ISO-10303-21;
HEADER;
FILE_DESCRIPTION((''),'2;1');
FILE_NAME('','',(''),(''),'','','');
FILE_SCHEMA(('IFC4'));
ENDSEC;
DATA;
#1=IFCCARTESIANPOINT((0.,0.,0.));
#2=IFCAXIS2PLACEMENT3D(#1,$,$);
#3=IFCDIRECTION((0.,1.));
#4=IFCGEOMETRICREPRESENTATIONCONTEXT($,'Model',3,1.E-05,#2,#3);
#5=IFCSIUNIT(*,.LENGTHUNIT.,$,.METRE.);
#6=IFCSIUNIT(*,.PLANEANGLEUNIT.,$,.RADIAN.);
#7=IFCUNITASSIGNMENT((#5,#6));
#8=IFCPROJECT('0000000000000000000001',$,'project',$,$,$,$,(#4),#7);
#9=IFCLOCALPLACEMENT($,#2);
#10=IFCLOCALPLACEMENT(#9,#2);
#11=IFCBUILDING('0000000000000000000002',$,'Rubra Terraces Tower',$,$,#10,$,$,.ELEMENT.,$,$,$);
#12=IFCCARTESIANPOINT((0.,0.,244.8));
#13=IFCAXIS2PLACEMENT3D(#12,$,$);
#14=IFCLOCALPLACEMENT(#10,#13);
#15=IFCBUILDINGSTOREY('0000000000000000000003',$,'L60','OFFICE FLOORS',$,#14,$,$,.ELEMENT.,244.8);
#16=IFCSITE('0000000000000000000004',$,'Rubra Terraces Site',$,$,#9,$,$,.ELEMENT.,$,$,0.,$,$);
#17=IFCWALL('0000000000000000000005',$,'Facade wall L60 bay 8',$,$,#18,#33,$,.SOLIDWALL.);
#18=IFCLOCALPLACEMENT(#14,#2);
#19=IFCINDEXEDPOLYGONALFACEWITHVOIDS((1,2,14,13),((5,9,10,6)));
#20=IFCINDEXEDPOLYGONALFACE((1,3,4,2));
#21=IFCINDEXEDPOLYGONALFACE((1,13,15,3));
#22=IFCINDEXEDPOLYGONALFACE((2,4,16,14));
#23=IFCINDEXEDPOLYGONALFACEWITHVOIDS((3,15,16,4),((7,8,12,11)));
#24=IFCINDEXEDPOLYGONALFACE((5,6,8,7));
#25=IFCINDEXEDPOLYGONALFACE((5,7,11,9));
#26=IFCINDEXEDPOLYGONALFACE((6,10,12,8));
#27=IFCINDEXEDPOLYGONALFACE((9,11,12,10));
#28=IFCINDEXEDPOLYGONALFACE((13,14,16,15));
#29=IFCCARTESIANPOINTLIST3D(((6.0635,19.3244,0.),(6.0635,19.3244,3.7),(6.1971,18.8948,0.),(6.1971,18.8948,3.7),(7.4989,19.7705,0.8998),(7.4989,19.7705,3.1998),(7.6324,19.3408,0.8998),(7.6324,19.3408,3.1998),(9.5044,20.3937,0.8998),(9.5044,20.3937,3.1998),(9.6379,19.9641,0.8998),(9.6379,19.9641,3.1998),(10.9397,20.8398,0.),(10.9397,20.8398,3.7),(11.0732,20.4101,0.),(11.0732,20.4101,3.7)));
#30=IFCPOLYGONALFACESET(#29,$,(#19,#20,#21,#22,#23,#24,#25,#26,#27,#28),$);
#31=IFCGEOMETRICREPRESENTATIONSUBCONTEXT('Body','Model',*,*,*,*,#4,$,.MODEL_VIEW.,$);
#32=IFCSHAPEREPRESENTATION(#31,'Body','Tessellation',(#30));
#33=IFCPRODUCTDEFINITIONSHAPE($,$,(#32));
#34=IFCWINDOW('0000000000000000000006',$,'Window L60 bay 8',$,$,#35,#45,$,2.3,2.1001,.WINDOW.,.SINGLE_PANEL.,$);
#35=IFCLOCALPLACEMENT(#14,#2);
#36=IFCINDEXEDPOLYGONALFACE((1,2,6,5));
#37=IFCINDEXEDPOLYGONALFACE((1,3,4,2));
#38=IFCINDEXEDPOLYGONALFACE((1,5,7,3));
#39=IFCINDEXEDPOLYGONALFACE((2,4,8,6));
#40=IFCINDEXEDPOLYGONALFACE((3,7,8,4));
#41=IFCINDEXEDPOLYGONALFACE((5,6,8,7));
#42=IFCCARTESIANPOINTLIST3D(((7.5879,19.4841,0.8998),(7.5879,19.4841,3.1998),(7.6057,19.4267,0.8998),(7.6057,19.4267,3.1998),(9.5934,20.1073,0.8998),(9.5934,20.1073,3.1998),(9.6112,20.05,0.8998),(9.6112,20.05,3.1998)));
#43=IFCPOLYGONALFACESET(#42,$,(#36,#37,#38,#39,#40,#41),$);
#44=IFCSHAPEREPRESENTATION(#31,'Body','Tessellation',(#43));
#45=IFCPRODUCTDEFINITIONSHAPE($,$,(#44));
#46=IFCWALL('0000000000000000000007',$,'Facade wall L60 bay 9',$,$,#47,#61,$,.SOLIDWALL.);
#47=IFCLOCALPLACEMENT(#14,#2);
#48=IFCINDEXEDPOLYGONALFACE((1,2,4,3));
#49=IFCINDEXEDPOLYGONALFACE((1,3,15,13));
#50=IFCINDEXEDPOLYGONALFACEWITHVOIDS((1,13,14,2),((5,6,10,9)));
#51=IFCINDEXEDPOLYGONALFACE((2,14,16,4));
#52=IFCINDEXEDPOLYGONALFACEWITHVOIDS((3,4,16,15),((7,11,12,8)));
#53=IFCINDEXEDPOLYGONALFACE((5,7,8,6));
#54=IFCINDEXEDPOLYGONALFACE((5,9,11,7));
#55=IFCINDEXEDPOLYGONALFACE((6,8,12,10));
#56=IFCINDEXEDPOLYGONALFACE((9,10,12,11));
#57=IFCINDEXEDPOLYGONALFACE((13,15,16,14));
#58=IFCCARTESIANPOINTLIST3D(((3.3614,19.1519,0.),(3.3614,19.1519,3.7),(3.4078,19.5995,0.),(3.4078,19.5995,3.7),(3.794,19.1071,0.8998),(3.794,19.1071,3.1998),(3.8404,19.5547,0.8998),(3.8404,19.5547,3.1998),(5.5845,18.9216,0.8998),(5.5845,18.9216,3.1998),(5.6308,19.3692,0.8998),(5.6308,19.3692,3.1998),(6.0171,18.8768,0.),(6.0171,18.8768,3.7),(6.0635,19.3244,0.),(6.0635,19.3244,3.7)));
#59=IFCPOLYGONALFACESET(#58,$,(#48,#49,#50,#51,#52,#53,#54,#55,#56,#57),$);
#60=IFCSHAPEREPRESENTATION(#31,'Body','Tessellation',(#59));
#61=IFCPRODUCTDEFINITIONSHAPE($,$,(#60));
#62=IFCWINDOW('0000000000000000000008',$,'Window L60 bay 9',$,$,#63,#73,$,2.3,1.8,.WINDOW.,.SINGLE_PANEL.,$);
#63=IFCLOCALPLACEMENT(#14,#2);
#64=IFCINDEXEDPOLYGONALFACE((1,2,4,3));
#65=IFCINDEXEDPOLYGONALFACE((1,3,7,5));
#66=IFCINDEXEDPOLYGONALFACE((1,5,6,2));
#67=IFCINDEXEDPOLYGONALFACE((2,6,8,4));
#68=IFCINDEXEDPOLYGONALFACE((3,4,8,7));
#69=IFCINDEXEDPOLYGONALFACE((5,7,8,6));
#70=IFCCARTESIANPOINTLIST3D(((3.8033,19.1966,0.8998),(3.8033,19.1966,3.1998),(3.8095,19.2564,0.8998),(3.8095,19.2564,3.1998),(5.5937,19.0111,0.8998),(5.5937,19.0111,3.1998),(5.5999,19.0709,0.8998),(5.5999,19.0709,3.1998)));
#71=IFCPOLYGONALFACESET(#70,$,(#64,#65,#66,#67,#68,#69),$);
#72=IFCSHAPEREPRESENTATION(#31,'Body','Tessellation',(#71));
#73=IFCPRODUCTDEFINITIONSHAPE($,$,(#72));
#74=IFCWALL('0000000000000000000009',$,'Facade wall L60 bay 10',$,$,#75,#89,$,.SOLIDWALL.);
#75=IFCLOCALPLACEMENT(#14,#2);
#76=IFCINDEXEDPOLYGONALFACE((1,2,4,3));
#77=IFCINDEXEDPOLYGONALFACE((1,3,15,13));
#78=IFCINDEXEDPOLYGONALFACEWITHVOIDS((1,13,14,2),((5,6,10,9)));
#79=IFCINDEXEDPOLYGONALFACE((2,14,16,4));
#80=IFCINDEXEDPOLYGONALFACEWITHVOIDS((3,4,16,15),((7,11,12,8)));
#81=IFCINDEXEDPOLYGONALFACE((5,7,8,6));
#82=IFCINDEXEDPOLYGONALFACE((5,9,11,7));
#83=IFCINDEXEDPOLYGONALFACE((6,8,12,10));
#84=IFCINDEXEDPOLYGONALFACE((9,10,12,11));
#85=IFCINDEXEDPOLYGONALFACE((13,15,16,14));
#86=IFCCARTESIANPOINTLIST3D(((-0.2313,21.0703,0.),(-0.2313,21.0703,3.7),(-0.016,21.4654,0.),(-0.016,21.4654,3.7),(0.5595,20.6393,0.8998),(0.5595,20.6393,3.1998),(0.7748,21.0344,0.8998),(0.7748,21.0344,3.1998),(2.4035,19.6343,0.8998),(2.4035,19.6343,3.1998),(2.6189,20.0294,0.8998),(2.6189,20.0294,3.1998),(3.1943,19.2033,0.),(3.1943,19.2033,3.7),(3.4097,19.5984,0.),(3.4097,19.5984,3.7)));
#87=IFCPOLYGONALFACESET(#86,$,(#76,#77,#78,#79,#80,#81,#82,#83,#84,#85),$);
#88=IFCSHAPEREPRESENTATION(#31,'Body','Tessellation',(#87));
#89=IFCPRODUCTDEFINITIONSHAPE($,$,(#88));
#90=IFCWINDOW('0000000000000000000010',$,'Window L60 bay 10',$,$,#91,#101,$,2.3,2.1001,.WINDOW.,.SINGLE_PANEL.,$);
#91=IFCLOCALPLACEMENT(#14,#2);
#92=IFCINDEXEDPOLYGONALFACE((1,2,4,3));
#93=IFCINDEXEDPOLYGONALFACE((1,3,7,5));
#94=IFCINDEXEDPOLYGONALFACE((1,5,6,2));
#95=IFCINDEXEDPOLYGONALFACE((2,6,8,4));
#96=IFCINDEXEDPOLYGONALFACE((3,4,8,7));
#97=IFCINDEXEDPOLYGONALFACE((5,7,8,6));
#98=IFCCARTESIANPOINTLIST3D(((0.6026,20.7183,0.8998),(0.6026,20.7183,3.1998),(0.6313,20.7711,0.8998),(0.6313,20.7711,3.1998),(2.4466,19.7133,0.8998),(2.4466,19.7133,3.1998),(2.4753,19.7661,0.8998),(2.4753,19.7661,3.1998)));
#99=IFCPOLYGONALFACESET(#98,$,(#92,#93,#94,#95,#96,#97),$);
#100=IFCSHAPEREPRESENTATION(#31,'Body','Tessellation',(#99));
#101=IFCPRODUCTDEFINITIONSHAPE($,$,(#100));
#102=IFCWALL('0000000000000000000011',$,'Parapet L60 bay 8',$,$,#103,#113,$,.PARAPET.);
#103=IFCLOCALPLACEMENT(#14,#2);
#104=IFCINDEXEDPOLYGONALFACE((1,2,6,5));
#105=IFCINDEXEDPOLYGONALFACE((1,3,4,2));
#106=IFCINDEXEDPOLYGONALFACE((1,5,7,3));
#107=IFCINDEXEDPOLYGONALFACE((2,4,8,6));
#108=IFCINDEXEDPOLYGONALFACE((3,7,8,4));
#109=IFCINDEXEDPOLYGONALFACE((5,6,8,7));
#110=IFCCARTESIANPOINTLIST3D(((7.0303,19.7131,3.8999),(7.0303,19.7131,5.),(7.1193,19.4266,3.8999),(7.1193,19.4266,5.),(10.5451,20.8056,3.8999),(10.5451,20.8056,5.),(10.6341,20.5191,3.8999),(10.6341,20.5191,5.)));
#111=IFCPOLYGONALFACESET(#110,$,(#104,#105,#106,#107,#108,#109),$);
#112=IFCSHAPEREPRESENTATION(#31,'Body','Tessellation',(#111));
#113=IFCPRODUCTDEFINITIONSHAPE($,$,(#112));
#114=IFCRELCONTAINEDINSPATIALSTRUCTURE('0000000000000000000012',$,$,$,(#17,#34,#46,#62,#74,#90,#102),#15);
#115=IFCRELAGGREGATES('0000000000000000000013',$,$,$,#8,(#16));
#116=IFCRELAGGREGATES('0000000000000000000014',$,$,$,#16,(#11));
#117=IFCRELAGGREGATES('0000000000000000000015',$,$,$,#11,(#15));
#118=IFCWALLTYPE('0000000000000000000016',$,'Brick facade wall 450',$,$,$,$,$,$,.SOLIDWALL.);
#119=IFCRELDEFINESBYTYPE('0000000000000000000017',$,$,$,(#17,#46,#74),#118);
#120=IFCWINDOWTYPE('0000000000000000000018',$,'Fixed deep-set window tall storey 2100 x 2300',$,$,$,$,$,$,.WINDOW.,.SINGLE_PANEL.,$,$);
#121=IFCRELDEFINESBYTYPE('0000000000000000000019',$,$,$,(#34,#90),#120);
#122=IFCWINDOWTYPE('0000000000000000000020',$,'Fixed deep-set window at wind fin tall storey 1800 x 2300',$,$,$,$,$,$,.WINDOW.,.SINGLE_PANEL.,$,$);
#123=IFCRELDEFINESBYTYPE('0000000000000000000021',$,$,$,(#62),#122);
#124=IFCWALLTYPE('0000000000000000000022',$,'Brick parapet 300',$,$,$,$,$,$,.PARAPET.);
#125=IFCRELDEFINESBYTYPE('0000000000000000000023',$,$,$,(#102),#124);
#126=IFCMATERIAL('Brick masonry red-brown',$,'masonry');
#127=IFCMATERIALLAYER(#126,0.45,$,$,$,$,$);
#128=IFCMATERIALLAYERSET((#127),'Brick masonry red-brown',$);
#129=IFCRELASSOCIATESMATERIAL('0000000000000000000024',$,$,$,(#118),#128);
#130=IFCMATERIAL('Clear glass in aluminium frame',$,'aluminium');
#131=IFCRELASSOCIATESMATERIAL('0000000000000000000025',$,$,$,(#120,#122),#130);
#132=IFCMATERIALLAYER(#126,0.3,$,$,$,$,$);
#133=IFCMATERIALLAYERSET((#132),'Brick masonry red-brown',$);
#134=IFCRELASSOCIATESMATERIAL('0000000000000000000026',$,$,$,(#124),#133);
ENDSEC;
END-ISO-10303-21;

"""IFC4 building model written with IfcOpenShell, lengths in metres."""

from ifc_helpers import new_model, si_unit, direction, frame, frame_2d, origin, place, context, subcontext, project, spatial, rectangle, extrude, material, layer, layer_set, type_object, element, fill, save


model = new_model("IFC4")

# Units and contexts
model_context = context("Model", 3, precision=1e-05, world=origin(), true_north=direction((0.0, 1.0)))
body_context = subcontext(model_context, "Body", "Model", "MODEL_VIEW")
ifc_project = project(units=[si_unit("LENGTHUNIT", "METRE"), si_unit("PLANEANGLEUNIT", "RADIAN")], contexts=[model_context])

# Site, building, storey
site_placement = place(None, origin())
site = spatial("IfcSite", under=ifc_project, at=site_placement, Name="Rubra Terraces Site", CompositionType="ELEMENT", RefElevation=0.0)
building_placement = place(site_placement, origin())
building = spatial("IfcBuilding", under=site, at=building_placement, Name="Rubra Terraces Tower", CompositionType="ELEMENT")
storey_placement = place(building_placement, frame((0.0, 0.0, 244.8)))
storey = spatial("IfcBuildingStorey", under=building, at=storey_placement, Name="L60", Description="OFFICE FLOORS", CompositionType="ELEMENT", Elevation=244.8)

# Walls, openings, windows
ifc_material_1 = material(Name="Brick masonry red-brown", Category="masonry")
ifc_layer_1 = layer(ifc_material_1, 0.45)
ifc_layer_set_1 = layer_set([ifc_layer_1], Name="Brick masonry red-brown")
wall_type_1 = type_object("IfcWallType", Name="Brick facade wall 450", PredefinedType="SOLIDWALL", material=ifc_layer_set_1)
wall_1_placement = place(storey_placement, frame((11.0066, 20.625, 0.0), z_axis=(0.0, 0.0, 1.0), x_axis=(-0.954949, -0.296769, 0.0)))
wall_1 = element("IfcWall", 1, at=wall_1_placement, inside=storey, type_object=wall_type_1, Name="Facade wall L60 bay 8", PredefinedType="SOLIDWALL", context=body_context, shape_type="SweptSolid", body=[
    extrude(rectangle(XDim=5.1062, YDim=0.45, at=frame_2d((2.5532, 0.0))), origin(), (0.0, 0.0, 1.0), 3.7),
])
opening_1_placement = place(wall_1_placement, frame((1.5032, 0.0, 0.8999)))
opening_1 = element("IfcOpeningElement", 2, at=opening_1_placement, cuts=wall_1, PredefinedType="OPENING", context=body_context, shape_type="SweptSolid", body=[
    extrude(rectangle(XDim=2.1001, YDim=2.3, at=frame_2d((1.05, 1.1499))), frame((0.0, 0.2349, 0.0), z_axis=(0.0, -1.0, 0.0), x_axis=(1.0, 0.0, 0.0)), (0.0, 0.0, 1.0), 0.47),
])
ifc_material_2 = material(Name="Clear glass in aluminium frame", Category="aluminium")
window_type_1 = type_object("IfcWindowType", Name="Fixed deep-set window tall storey 2100 x 2300", PartitioningType="SINGLE_PANEL", PredefinedType="WINDOW", material=ifc_material_2)
window_1_placement = place(opening_1_placement, origin())
window_1 = element("IfcWindow", 3, at=window_1_placement, inside=storey, type_object=window_type_1, Name="Window L60 bay 8", OverallHeight=2.3, OverallWidth=2.1001, PartitioningType="SINGLE_PANEL", PredefinedType="WINDOW", context=body_context, shape_type="SweptSolid", body=[
    extrude(rectangle(XDim=2.1001, YDim=2.3, at=frame_2d((1.05, 1.1499))), frame((0.0, 0.135, 0.0), z_axis=(0.0, -1.0, 0.0), x_axis=(1.0, 0.0, 0.0)), (0.0, 0.0, 1.0), 0.0601),
])
fill(opening_1, window_1)
wall_2_placement = place(storey_placement, frame((6.0403, 19.1006, 0.0), z_axis=(0.0, 0.0, 1.0), x_axis=(-0.994676, 0.103052, 0.0)))
wall_2 = element("IfcWall", 4, at=wall_2_placement, inside=storey, type_object=wall_type_1, Name="Facade wall L60 bay 9", PredefinedType="SOLIDWALL", context=body_context, shape_type="SweptSolid", body=[
    extrude(rectangle(XDim=2.6699, YDim=0.45, at=frame_2d((1.335, 0.0))), origin(), (0.0, 0.0, 1.0), 3.7),
])
opening_2_placement = place(wall_2_placement, frame((0.4351, 0.0, 0.8999)))
opening_2 = element("IfcOpeningElement", 5, at=opening_2_placement, cuts=wall_2, PredefinedType="OPENING", context=body_context, shape_type="SweptSolid", body=[
    extrude(rectangle(XDim=1.8, YDim=2.3, at=frame_2d((0.8999, 1.1499))), frame((0.0, 0.2349, 0.0), z_axis=(0.0, -1.0, 0.0), x_axis=(1.0, 0.0, 0.0)), (0.0, 0.0, 1.0), 0.47),
])
window_type_2 = type_object("IfcWindowType", Name="Fixed deep-set window at wind fin tall storey 1800 x 2300", PartitioningType="SINGLE_PANEL", PredefinedType="WINDOW", material=ifc_material_2)
window_2_placement = place(opening_2_placement, origin())
window_2 = element("IfcWindow", 6, at=window_2_placement, inside=storey, type_object=window_type_2, Name="Window L60 bay 9", OverallHeight=2.3, OverallWidth=1.8, PartitioningType="SINGLE_PANEL", PredefinedType="WINDOW", context=body_context, shape_type="SweptSolid", body=[
    extrude(rectangle(XDim=1.8, YDim=2.3, at=frame_2d((0.8999, 1.1499))), frame((0.0, 0.135, 0.0), z_axis=(0.0, -1.0, 0.0), x_axis=(1.0, 0.0, 0.0)), (0.0, 0.0, 1.0), 0.0601),
])
fill(opening_2, window_2)
wall_3_placement = place(storey_placement, frame((3.302, 19.4009, 0.0), z_axis=(0.0, 0.0, 1.0), x_axis=(-0.878061, 0.47855, 0.0)))
wall_3 = element("IfcWall", 7, at=wall_3_placement, inside=storey, type_object=wall_type_1, Name="Facade wall L60 bay 10", PredefinedType="SOLIDWALL", context=body_context, shape_type="SweptSolid", body=[
    extrude(rectangle(XDim=3.9014, YDim=0.45, at=frame_2d((1.9507, 0.0))), origin(), (0.0, 0.0, 1.0), 3.7),
])
opening_3_placement = place(wall_3_placement, frame((0.9006, 0.0, 0.8999)))
opening_3 = element("IfcOpeningElement", 8, at=opening_3_placement, cuts=wall_3, PredefinedType="OPENING", context=body_context, shape_type="SweptSolid", body=[
    extrude(rectangle(XDim=2.1001, YDim=2.3, at=frame_2d((1.05, 1.1499))), frame((0.0, 0.2349, 0.0), z_axis=(0.0, -1.0, 0.0), x_axis=(1.0, 0.0, 0.0)), (0.0, 0.0, 1.0), 0.47),
])
window_3_placement = place(opening_3_placement, origin())
window_3 = element("IfcWindow", 9, at=window_3_placement, inside=storey, type_object=window_type_1, Name="Window L60 bay 10", OverallHeight=2.3, OverallWidth=2.1001, PartitioningType="SINGLE_PANEL", PredefinedType="WINDOW", context=body_context, shape_type="SweptSolid", body=[
    extrude(rectangle(XDim=2.1001, YDim=2.3, at=frame_2d((1.05, 1.1499))), frame((0.0, 0.135, 0.0), z_axis=(0.0, -1.0, 0.0), x_axis=(1.0, 0.0, 0.0)), (0.0, 0.0, 1.0), 0.0601),
])
fill(opening_3, window_3)

# Wall
ifc_layer_2 = layer(ifc_material_1, 0.3)
ifc_layer_set_2 = layer_set([ifc_layer_2], Name="Brick masonry red-brown")
wall_type_2 = type_object("IfcWallType", Name="Brick parapet 300", PredefinedType="PARAPET", material=ifc_layer_set_2)
wall_4_placement = place(storey_placement, frame((10.5896, 20.6624, 3.8999), z_axis=(0.0, 0.0, 1.0), x_axis=(-0.954933, -0.296821, 0.0)))
element("IfcWall", 10, at=wall_4_placement, inside=storey, type_object=wall_type_2, Name="Parapet L60 bay 8", PredefinedType="PARAPET", context=body_context, shape_type="SweptSolid", body=[
    extrude(rectangle(XDim=3.6807, YDim=0.3, at=frame_2d((1.8403, 0.0))), origin(), (0.0, 0.0, 1.0), 1.1001),
])

save(model, "model.ifc")
